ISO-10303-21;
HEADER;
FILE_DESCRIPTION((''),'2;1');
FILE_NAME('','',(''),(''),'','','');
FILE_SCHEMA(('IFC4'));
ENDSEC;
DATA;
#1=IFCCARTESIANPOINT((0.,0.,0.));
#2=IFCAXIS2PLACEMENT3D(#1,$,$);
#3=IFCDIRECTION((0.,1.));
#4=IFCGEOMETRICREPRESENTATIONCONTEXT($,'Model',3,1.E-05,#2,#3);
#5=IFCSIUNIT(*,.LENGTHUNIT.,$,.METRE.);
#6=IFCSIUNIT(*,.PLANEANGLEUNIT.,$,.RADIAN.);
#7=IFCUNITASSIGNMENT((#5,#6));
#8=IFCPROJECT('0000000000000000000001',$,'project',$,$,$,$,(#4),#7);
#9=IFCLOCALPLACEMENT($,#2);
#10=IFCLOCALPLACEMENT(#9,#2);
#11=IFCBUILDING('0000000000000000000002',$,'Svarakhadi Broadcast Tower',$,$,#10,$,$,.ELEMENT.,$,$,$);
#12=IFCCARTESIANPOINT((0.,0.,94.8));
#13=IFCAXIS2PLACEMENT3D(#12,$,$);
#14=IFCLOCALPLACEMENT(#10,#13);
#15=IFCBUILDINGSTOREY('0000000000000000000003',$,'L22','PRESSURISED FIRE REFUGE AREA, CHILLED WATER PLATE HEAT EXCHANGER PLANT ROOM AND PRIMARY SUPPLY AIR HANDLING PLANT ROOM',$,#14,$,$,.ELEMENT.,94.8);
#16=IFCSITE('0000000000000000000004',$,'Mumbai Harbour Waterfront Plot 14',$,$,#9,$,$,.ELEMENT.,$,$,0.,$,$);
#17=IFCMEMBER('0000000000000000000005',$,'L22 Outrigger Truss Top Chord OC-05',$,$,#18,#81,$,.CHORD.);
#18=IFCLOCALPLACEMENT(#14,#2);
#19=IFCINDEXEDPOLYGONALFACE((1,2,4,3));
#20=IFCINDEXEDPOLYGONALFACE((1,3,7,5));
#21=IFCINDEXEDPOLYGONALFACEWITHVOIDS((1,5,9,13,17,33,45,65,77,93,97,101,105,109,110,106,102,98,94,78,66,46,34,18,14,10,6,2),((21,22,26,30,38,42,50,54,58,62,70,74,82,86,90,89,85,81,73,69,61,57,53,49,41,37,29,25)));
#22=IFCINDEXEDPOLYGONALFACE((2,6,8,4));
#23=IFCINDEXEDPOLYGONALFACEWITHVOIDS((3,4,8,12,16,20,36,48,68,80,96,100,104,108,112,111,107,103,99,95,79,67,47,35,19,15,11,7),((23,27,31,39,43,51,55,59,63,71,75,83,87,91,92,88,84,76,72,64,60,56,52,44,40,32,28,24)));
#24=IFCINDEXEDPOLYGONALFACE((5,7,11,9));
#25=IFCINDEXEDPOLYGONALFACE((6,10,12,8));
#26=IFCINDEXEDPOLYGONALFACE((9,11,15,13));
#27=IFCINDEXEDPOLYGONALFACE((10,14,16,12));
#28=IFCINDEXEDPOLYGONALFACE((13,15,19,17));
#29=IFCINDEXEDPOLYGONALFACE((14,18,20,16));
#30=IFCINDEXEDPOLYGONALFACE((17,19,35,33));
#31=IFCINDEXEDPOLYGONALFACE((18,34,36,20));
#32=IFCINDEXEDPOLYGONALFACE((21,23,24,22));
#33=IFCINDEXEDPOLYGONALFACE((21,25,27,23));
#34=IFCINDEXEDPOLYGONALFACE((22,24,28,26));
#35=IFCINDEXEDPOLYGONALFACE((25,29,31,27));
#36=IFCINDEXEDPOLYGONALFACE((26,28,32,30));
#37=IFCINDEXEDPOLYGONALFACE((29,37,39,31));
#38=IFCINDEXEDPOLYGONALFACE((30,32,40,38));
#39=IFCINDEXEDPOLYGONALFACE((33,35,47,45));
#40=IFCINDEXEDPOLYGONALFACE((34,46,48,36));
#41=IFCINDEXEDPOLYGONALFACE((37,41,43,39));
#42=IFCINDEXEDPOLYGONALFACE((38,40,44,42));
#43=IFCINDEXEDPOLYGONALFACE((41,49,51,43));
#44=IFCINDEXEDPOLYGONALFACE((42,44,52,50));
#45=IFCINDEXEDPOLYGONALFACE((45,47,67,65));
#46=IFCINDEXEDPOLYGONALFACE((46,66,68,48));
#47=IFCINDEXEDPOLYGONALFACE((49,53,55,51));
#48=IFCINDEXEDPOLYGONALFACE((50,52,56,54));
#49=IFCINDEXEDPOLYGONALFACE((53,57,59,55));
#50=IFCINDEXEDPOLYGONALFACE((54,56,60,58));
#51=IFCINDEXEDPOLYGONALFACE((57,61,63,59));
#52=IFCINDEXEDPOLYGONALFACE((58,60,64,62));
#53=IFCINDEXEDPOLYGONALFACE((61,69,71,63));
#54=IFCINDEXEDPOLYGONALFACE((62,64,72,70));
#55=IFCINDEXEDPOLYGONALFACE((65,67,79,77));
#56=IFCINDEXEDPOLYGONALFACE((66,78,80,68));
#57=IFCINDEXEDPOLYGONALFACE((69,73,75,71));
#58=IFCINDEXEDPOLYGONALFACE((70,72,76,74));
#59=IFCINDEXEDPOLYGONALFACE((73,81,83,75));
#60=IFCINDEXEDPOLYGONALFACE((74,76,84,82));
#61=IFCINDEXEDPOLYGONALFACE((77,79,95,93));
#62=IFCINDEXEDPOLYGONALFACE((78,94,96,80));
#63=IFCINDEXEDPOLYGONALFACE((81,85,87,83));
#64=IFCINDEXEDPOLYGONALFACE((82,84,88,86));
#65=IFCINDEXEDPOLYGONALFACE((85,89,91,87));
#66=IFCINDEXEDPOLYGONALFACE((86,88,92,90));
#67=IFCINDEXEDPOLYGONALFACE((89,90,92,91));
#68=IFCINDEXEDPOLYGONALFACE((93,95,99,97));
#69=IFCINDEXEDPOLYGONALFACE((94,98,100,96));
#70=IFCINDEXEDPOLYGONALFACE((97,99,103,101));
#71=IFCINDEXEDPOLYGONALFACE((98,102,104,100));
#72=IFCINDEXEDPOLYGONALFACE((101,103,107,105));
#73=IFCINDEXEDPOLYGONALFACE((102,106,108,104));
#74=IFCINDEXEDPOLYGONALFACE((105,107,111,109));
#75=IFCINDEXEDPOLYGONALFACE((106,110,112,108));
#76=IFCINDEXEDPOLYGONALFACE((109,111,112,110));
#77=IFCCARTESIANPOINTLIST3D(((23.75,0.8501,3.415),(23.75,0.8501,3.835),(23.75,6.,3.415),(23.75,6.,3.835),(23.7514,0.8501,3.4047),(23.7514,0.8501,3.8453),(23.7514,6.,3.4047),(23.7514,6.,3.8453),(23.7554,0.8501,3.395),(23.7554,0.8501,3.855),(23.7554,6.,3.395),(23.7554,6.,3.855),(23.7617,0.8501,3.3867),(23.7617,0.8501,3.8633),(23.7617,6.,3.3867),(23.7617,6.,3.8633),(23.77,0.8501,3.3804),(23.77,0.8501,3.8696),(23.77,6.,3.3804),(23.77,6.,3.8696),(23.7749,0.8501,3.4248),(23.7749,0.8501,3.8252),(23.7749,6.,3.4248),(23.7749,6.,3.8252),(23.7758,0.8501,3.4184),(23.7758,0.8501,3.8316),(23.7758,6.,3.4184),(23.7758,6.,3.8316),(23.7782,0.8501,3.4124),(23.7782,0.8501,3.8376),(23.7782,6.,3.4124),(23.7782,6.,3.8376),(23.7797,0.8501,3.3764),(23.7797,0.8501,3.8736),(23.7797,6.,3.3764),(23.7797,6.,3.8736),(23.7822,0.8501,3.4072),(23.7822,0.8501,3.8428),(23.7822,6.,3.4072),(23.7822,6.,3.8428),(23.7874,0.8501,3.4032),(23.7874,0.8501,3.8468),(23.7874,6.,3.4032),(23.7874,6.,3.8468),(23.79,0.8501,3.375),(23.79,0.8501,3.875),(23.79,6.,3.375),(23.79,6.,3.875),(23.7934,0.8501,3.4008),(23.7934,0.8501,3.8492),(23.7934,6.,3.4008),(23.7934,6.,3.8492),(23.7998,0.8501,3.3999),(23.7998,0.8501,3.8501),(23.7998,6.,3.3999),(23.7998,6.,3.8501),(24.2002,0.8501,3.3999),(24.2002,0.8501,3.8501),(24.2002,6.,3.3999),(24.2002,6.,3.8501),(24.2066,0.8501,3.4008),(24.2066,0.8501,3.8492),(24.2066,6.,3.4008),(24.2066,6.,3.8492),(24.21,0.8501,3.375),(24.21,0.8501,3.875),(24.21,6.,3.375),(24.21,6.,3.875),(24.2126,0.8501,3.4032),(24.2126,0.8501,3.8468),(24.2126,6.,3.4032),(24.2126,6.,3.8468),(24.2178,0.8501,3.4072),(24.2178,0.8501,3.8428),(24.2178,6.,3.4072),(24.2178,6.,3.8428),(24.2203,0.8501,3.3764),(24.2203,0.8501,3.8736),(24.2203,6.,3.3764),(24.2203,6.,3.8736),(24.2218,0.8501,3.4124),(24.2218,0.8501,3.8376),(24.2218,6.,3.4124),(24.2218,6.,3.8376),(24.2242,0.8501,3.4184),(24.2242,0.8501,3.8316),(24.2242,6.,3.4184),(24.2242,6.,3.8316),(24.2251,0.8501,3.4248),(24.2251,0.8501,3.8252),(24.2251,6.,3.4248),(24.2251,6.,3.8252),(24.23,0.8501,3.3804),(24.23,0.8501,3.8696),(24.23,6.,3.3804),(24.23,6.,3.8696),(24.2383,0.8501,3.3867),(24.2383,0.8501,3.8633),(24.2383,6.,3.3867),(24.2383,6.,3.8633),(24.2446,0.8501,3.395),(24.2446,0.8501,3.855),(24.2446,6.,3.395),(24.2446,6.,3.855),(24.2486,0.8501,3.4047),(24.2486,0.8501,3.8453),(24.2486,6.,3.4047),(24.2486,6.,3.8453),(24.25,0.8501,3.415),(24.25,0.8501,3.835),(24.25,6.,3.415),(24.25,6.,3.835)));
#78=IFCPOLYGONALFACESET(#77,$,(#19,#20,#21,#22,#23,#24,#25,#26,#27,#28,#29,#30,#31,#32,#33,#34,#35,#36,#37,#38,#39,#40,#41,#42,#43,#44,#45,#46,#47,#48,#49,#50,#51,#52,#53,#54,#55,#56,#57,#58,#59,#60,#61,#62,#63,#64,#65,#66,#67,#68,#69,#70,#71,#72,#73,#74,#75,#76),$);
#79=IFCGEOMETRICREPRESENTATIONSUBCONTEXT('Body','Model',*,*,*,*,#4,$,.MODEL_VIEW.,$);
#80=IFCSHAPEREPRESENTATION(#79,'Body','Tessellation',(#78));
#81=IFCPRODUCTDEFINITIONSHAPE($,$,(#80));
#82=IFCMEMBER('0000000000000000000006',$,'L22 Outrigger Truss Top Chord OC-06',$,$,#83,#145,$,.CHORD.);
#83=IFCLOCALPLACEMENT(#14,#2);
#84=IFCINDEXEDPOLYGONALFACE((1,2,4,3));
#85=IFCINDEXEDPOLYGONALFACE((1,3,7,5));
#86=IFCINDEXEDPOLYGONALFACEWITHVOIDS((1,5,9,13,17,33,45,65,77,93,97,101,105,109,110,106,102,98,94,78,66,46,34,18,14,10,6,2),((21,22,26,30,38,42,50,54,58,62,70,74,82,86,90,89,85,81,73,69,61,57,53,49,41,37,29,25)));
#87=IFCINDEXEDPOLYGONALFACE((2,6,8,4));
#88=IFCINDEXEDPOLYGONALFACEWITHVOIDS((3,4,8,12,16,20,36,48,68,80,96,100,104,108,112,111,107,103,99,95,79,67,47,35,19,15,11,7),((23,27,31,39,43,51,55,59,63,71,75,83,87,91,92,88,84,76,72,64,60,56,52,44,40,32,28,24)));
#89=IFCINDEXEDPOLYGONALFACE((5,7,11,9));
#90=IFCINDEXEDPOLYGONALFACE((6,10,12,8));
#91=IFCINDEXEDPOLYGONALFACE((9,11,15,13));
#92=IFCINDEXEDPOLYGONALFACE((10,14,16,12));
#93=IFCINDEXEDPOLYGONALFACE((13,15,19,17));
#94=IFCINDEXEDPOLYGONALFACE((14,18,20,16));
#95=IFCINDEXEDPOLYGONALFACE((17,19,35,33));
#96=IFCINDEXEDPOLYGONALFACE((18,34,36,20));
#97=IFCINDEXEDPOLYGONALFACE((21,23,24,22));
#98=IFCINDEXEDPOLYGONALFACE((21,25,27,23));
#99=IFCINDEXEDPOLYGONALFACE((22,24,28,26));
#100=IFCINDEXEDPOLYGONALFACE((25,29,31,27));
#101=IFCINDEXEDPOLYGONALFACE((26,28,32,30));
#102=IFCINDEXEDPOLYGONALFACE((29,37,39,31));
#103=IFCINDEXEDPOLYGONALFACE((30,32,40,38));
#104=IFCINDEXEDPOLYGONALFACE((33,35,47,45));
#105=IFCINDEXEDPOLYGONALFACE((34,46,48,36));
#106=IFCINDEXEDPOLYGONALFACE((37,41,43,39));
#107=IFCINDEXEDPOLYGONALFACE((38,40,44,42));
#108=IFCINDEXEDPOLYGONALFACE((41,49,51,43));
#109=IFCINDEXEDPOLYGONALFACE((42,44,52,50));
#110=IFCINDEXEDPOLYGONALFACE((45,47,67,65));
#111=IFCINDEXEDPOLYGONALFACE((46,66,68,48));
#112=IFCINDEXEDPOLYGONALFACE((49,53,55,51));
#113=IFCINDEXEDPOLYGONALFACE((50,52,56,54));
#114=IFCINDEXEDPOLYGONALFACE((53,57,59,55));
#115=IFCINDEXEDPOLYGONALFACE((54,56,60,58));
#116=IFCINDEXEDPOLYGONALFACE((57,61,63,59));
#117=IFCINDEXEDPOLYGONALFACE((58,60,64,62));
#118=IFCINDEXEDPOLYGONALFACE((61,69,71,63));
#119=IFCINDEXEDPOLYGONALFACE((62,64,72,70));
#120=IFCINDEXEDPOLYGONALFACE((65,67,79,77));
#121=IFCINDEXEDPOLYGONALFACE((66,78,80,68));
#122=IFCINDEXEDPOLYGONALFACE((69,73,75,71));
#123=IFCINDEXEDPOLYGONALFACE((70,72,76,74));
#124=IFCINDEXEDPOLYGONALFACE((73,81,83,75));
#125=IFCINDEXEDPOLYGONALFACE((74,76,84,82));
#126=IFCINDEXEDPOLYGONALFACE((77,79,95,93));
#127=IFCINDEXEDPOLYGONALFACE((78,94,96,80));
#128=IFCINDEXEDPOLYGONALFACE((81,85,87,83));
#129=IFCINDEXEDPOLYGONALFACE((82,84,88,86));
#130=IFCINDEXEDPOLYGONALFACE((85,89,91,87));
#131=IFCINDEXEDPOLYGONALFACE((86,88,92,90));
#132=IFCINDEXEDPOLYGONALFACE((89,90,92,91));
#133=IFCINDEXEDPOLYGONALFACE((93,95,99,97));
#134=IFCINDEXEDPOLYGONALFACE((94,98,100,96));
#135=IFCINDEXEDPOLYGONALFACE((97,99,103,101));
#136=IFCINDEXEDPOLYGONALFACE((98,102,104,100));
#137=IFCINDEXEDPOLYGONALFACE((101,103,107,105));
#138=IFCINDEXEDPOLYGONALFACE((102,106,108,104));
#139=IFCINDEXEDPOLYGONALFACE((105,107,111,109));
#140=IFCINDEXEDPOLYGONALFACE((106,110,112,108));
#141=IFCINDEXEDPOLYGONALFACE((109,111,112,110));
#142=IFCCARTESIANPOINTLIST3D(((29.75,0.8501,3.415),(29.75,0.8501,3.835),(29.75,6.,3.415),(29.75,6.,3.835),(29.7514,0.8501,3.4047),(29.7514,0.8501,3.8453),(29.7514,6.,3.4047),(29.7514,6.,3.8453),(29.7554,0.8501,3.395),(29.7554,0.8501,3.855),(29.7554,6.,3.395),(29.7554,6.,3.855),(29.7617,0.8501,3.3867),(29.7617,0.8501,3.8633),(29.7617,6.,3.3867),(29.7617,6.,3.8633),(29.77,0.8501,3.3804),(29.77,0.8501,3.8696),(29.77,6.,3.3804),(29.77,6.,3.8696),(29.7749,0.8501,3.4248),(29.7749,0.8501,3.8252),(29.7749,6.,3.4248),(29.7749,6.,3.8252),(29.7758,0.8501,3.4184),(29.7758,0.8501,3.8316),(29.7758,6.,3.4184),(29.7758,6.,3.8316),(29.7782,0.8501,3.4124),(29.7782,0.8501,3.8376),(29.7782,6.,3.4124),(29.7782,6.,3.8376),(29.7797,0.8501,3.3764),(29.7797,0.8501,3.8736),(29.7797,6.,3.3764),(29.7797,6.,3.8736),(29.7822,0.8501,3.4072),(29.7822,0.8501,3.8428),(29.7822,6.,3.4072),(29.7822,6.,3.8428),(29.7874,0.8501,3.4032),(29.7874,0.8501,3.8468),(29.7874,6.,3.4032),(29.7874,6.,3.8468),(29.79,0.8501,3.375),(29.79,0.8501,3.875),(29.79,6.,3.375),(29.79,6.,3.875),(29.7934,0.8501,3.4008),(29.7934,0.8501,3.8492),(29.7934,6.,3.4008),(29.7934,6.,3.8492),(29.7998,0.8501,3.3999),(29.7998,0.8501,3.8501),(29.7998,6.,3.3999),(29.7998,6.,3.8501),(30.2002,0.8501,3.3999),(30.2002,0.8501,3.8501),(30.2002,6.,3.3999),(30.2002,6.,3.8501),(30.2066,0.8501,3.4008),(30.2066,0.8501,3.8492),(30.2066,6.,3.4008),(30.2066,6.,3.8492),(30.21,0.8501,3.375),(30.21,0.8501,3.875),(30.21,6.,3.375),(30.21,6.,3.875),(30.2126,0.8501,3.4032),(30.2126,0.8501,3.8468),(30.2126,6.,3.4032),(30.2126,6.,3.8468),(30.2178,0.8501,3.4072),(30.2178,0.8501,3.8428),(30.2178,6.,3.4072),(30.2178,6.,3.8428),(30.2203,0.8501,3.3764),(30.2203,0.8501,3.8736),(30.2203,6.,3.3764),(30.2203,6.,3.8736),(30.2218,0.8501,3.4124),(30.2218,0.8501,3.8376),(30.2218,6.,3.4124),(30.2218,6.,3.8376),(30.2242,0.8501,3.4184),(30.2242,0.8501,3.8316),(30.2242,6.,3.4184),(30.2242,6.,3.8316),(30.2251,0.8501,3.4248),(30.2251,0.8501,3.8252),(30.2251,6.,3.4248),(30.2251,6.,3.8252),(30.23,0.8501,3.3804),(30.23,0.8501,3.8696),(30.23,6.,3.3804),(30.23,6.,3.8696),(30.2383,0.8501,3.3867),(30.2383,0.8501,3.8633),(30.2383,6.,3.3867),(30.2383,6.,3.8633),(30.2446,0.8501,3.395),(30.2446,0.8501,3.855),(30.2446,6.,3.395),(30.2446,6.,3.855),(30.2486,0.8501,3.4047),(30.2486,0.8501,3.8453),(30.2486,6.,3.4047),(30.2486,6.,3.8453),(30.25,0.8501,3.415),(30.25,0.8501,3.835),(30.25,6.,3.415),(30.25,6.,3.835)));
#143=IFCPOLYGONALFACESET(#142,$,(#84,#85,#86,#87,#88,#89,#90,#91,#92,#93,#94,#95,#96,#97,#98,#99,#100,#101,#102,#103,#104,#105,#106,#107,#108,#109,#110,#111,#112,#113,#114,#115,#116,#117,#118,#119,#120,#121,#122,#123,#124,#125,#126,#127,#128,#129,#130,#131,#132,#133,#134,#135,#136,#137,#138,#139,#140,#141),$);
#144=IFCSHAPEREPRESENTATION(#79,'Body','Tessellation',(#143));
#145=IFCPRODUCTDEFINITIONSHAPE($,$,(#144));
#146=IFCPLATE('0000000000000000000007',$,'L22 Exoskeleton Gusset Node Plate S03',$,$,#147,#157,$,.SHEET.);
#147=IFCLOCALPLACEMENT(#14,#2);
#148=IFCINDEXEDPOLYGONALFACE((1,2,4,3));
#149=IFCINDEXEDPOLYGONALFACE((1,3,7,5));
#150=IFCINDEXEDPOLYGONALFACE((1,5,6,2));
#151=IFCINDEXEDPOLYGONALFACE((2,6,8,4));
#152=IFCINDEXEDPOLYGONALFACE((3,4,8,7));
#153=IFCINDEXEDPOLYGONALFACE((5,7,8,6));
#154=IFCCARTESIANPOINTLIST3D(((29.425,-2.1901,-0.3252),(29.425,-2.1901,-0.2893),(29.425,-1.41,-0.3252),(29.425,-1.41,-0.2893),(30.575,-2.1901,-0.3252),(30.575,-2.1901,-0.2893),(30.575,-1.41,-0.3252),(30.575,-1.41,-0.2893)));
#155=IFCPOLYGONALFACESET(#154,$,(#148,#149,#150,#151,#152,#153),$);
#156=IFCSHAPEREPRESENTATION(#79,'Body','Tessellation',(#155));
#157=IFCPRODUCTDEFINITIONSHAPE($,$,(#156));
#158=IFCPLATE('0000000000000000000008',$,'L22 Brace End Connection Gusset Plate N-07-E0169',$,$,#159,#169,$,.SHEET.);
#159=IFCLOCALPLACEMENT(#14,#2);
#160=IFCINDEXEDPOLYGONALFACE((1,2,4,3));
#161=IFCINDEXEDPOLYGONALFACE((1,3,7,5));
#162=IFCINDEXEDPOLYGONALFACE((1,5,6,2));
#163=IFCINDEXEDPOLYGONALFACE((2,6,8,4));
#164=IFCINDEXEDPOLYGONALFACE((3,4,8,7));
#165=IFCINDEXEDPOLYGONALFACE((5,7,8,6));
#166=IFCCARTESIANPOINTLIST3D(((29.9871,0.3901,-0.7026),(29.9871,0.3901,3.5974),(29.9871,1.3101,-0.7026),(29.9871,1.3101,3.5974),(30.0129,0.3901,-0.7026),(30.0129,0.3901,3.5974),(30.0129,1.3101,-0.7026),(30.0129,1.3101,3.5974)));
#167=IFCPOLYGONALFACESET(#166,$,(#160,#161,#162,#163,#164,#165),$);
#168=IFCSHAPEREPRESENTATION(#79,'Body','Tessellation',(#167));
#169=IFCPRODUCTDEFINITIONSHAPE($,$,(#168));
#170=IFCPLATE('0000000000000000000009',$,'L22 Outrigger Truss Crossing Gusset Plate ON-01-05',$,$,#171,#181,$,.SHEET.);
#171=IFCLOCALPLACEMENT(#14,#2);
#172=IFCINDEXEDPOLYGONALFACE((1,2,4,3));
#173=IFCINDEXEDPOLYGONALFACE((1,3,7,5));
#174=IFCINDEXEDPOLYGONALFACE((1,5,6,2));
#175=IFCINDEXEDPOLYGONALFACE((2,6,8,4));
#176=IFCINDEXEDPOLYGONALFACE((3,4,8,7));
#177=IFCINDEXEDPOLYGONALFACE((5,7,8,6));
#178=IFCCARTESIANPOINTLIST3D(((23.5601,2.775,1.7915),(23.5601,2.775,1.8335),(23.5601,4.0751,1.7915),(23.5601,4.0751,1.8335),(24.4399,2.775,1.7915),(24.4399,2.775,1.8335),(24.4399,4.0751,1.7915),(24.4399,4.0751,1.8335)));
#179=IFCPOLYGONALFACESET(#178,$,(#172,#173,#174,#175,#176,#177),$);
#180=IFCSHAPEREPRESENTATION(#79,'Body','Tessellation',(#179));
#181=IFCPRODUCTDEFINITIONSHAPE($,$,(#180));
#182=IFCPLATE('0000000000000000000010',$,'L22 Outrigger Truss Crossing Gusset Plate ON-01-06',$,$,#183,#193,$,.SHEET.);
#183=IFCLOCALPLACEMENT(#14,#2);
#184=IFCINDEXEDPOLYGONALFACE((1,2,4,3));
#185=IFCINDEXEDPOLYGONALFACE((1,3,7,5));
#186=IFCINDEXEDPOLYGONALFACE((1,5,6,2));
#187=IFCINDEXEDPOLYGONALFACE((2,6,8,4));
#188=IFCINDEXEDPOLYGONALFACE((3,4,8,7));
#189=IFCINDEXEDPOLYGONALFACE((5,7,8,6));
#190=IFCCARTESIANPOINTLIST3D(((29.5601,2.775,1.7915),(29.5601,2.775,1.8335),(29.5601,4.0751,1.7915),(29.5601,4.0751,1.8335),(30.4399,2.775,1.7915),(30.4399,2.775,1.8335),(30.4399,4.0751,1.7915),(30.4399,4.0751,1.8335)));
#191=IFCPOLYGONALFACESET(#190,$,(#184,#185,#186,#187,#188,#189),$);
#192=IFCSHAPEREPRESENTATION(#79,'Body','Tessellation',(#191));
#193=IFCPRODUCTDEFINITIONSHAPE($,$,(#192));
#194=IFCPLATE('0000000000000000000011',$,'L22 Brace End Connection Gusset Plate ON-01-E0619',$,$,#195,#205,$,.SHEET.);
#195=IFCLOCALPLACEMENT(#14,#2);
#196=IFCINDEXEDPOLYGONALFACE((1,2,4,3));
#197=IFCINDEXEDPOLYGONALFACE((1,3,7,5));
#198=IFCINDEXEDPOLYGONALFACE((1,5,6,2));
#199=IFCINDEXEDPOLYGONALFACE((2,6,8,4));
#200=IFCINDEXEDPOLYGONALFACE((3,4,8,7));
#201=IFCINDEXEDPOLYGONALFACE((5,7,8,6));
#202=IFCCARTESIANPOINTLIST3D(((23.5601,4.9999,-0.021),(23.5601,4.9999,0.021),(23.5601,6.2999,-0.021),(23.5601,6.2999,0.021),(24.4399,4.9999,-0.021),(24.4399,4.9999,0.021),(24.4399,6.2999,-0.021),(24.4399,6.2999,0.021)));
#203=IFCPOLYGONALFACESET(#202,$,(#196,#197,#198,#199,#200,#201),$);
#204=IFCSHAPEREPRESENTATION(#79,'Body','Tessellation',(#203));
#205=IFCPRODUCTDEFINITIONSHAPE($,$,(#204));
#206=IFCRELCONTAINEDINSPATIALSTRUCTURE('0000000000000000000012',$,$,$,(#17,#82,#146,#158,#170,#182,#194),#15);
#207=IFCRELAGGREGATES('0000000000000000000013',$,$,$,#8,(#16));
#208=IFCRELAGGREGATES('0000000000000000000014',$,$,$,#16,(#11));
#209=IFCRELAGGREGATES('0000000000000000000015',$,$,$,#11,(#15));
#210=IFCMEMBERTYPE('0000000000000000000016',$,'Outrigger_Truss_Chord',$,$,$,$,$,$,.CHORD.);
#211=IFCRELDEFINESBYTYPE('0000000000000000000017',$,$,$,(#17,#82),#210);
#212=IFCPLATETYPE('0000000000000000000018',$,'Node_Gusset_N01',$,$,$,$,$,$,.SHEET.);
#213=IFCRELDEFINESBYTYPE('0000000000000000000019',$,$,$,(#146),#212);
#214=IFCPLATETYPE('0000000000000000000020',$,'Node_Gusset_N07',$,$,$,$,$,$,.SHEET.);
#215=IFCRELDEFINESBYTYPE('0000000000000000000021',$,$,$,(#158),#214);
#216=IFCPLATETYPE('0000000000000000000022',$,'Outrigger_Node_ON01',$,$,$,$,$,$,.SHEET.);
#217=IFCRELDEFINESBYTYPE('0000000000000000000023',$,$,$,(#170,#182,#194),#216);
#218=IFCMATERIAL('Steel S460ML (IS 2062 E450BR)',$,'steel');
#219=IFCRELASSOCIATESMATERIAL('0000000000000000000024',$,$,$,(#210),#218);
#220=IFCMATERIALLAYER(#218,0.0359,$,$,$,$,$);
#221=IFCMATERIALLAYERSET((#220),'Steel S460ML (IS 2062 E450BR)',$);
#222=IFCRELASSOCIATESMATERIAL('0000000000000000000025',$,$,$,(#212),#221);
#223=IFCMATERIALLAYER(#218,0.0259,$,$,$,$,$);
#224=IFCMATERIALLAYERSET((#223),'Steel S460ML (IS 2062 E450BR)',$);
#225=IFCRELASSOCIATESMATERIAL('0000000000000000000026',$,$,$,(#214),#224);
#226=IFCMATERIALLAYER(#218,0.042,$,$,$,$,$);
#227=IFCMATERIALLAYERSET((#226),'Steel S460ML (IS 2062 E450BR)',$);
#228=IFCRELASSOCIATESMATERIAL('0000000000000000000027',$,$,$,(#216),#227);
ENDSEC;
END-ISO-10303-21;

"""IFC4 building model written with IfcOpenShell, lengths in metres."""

from ifc_helpers import new_model, si_unit, direction, frame, origin, origin_2d, place, context, subcontext, project, spatial, rectangle, hollow_rectangle, extrude, material, layer, layer_set, material_profile, profile_set, type_object, element, save


model = new_model("IFC4")

# Units and contexts
model_context = context("Model", 3, precision=1e-05, world=origin(), true_north=direction((0.0, 1.0)))
body_context = subcontext(model_context, "Body", "Model", "MODEL_VIEW")
ifc_project = project(units=[si_unit("LENGTHUNIT", "METRE"), si_unit("PLANEANGLEUNIT", "RADIAN")], contexts=[model_context])

# Site, building, storey
site_placement = place(None, origin())
site = spatial("IfcSite", under=ifc_project, at=site_placement, Name="Mumbai Harbour Waterfront Plot 14", CompositionType="ELEMENT", RefElevation=0.0)
building_placement = place(site_placement, origin())
building = spatial("IfcBuilding", under=site, at=building_placement, Name="Svarakhadi Broadcast Tower", CompositionType="ELEMENT")
storey_placement = place(building_placement, frame((0.0, 0.0, 94.8)))
storey = spatial("IfcBuildingStorey", under=building, at=storey_placement, Name="L22", Description="PRESSURISED FIRE REFUGE AREA, CHILLED WATER PLATE HEAT EXCHANGER PLANT ROOM AND PRIMARY SUPPLY AIR HANDLING PLANT ROOM", CompositionType="ELEMENT", Elevation=94.8)

# Shared definitions
ifc_material_1 = material(Name="Steel S460ML (IS 2062 E450BR)", Category="steel")

# Members
ifc_material_profile_1 = material_profile(ifc_material_1, hollow_rectangle(XDim=0.5, YDim=0.5, WallThickness=0.0249, InnerFilletRadius=0.0249, OuterFilletRadius=0.04, at=origin_2d()), Name="SHS 500x500x25")
ifc_profile_set_1 = profile_set([ifc_material_profile_1], Name="Steel S460ML (IS 2062 E450BR)")
member_type_1 = type_object("IfcMemberType", Name="Outrigger_Truss_Chord", PredefinedType="CHORD", material=ifc_profile_set_1)
for number, where, z_axis, x_axis, name in (
    (1, (24.0, 6.0, 3.625), (0.0, -1.0, 0.0), (1.0, 0.0, 0.0), "L22 Outrigger Truss Top Chord OC-05"),
    (2, (30.0, 6.0, 3.625), (0.0, -1.0, 0.0), (1.0, 0.0, 0.0), "L22 Outrigger Truss Top Chord OC-06"),
):
    element("IfcMember", number, at=place(storey_placement, frame(where, z_axis=z_axis, x_axis=x_axis)), inside=storey, type_object=member_type_1, Name=name, PredefinedType="CHORD", context=body_context, shape_type="SweptSolid", body=[
        extrude(hollow_rectangle(XDim=0.5, YDim=0.5, WallThickness=0.0249, InnerFilletRadius=0.0249, OuterFilletRadius=0.04, at=origin_2d()), origin(), (0.0, 0.0, 1.0), 5.1499),
    ])

# Plates
ifc_layer_1 = layer(ifc_material_1, 0.0359)
ifc_layer_set_1 = layer_set([ifc_layer_1], Name="Steel S460ML (IS 2062 E450BR)")
plate_type_1 = type_object("IfcPlateType", Name="Node_Gusset_N01", PredefinedType="SHEET", material=ifc_layer_set_1)
plate_1_placement = place(storey_placement, frame((30.0, -1.8, -0.3252), z_axis=(0.0, 0.0, 1.0), x_axis=(1.0, 0.0, 0.0)))
element("IfcPlate", 3, at=plate_1_placement, inside=storey, type_object=plate_type_1, Name="L22 Exoskeleton Gusset Node Plate S03", PredefinedType="SHEET", context=body_context, shape_type="SweptSolid", body=[
    extrude(rectangle(XDim=1.1499, YDim=0.78, at=origin_2d()), origin(), (0.0, 0.0, 1.0), 0.0359),
])
ifc_layer_2 = layer(ifc_material_1, 0.0259)
ifc_layer_set_2 = layer_set([ifc_layer_2], Name="Steel S460ML (IS 2062 E450BR)")
plate_type_2 = type_object("IfcPlateType", Name="Node_Gusset_N07", PredefinedType="SHEET", material=ifc_layer_set_2)
plate_2_placement = place(storey_placement, frame((30.0, 0.8501, -0.7026), z_axis=(0.0, 0.0, 1.0), x_axis=(0.0, 1.0, 0.0)))
element("IfcPlate", 4, at=plate_2_placement, inside=storey, type_object=plate_type_2, Name="L22 Brace End Connection Gusset Plate N-07-E0169", PredefinedType="SHEET", context=body_context, shape_type="SweptSolid", body=[
    extrude(rectangle(XDim=0.9199, YDim=0.0259, at=origin_2d()), origin(), (0.0, 0.0, 1.0), 4.3),
])
ifc_layer_3 = layer(ifc_material_1, 0.042)
ifc_layer_set_3 = layer_set([ifc_layer_3], Name="Steel S460ML (IS 2062 E450BR)")
plate_type_3 = type_object("IfcPlateType", Name="Outrigger_Node_ON01", PredefinedType="SHEET", material=ifc_layer_set_3)
for number, where, z_axis, x_axis, name in (
    (5, (24.0, 3.425, 1.7915), (0.0, 0.0, 1.0), (0.0, 1.0, 0.0), "L22 Outrigger Truss Crossing Gusset Plate ON-01-05"),
    (6, (30.0, 3.425, 1.7915), (0.0, 0.0, 1.0), (0.0, 1.0, 0.0), "L22 Outrigger Truss Crossing Gusset Plate ON-01-06"),
    (7, (24.0, 5.6499, -0.021), (0.0, 0.0, 1.0), (0.0, 1.0, 0.0), "L22 Brace End Connection Gusset Plate ON-01-E0619"),
):
    element("IfcPlate", number, at=place(storey_placement, frame(where, z_axis=z_axis, x_axis=x_axis)), inside=storey, type_object=plate_type_3, Name=name, PredefinedType="SHEET", context=body_context, shape_type="SweptSolid", body=[
        extrude(rectangle(XDim=1.3, YDim=0.8799, at=origin_2d()), origin(), (0.0, 0.0, 1.0), 0.042),
    ])

save(model, "model.ifc")
